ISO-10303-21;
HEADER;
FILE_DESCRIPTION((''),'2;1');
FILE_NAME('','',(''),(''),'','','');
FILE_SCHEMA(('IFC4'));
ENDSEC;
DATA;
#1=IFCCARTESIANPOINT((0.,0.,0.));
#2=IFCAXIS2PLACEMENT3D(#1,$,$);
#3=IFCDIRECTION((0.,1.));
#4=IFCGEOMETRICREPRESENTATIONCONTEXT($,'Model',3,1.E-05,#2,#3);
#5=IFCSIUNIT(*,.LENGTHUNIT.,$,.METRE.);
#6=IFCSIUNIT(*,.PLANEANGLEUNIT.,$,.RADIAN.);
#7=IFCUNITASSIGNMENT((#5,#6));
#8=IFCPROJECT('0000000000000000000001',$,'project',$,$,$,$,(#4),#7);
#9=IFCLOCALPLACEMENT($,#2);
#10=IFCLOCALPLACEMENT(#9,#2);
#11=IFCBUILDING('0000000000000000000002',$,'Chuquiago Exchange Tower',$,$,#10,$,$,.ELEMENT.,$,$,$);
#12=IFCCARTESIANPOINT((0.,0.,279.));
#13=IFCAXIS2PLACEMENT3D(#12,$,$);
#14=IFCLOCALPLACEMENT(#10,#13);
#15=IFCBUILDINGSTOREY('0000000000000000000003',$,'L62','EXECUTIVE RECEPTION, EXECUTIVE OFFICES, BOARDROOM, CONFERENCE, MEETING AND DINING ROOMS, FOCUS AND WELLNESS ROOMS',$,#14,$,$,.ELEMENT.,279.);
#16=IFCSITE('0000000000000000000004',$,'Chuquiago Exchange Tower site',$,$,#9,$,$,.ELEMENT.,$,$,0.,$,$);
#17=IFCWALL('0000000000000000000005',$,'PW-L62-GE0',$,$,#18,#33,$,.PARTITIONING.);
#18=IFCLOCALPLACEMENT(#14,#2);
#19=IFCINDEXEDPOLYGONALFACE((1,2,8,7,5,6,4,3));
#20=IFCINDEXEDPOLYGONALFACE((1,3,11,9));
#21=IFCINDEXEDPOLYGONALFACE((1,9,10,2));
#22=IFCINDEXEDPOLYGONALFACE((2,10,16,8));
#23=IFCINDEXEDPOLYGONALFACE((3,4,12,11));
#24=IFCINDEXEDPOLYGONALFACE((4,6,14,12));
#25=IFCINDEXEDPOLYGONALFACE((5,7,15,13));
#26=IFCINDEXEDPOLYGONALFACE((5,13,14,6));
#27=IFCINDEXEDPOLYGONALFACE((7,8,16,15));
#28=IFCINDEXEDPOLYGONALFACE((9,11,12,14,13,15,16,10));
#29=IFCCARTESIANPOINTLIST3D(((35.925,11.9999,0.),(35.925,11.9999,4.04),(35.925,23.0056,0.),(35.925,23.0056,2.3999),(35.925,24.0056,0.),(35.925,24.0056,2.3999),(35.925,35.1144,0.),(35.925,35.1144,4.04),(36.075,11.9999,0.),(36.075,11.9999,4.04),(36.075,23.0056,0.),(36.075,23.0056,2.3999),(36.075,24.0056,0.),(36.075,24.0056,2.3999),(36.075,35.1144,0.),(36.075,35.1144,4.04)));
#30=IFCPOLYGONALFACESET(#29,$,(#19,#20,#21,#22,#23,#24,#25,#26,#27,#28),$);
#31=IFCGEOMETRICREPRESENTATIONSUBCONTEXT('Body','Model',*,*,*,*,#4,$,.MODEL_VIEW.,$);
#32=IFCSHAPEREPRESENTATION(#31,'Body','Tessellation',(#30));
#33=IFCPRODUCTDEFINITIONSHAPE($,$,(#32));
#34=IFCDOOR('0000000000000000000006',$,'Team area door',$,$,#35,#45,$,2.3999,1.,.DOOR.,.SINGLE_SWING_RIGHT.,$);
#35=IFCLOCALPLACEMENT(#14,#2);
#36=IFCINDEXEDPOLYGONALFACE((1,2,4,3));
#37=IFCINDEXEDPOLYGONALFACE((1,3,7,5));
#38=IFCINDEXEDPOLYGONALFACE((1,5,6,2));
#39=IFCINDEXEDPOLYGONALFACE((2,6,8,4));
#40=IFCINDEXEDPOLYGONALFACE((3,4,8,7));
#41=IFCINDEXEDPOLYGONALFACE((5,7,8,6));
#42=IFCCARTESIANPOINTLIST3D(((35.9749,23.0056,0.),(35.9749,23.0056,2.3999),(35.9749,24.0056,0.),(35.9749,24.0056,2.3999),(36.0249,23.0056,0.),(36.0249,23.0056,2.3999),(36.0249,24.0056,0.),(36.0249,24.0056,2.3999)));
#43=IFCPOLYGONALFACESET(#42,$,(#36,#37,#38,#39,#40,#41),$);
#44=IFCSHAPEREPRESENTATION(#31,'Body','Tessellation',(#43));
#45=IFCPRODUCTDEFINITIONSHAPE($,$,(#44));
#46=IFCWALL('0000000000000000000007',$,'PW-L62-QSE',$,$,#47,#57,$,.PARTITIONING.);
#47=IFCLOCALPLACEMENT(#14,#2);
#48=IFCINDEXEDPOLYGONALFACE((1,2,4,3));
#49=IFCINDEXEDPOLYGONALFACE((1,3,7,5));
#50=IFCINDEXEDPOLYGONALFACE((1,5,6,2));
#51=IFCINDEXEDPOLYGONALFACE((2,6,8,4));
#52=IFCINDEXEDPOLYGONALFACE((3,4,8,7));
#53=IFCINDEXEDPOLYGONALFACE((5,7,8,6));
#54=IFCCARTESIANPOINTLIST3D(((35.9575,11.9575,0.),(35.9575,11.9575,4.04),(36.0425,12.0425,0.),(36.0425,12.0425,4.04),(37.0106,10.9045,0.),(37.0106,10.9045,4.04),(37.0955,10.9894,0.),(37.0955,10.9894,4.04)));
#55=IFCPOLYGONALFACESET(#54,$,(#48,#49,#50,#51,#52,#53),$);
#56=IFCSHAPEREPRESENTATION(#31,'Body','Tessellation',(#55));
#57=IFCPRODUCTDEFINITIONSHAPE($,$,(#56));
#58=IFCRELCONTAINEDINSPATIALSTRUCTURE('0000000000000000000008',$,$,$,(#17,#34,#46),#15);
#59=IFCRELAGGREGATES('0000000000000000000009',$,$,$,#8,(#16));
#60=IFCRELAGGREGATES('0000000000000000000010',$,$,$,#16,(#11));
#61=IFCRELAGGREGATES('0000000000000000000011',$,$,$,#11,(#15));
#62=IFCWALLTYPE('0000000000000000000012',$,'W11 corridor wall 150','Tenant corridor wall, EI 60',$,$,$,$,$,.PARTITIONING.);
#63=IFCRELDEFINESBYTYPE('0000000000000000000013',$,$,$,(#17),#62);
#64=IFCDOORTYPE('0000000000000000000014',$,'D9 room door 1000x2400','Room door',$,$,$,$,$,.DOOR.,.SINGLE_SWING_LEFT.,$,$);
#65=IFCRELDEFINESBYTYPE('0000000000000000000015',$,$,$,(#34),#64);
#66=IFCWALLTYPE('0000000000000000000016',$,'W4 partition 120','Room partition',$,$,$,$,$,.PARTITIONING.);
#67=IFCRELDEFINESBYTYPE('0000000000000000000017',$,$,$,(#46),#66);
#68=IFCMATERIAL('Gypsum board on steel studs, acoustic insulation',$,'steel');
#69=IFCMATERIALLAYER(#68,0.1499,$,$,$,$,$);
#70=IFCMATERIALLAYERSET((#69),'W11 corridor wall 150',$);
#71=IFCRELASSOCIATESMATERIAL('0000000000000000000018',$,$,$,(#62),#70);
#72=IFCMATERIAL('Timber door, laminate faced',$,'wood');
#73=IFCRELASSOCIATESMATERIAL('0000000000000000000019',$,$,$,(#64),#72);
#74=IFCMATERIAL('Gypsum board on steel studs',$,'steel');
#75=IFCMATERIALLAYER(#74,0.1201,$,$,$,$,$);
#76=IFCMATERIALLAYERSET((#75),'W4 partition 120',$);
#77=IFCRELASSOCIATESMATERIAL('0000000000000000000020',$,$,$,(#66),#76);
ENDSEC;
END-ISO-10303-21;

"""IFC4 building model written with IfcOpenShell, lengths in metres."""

from ifc_helpers import new_model, si_unit, direction, frame, frame_2d, origin, place, context, subcontext, project, spatial, rectangle, extrude, material, layer, layer_set, type_object, element, fill, save


model = new_model("IFC4")

# Units and contexts
model_context = context("Model", 3, precision=1e-05, world=origin(), true_north=direction((0.0, 1.0)))
body_context = subcontext(model_context, "Body", "Model", "MODEL_VIEW")
ifc_project = project(units=[si_unit("LENGTHUNIT", "METRE"), si_unit("PLANEANGLEUNIT", "RADIAN")], contexts=[model_context])

# Site, building, storey
site_placement = place(None, origin())
site = spatial("IfcSite", under=ifc_project, at=site_placement, Name="Chuquiago Exchange Tower site", CompositionType="ELEMENT", RefElevation=0.0)
building_placement = place(site_placement, origin())
building = spatial("IfcBuilding", under=site, at=building_placement, Name="Chuquiago Exchange Tower", CompositionType="ELEMENT")
storey_placement = place(building_placement, frame((0.0, 0.0, 279.0)))
storey = spatial("IfcBuildingStorey", under=building, at=storey_placement, Name="L62", Description="EXECUTIVE RECEPTION, EXECUTIVE OFFICES, BOARDROOM, CONFERENCE, MEETING AND DINING ROOMS, FOCUS AND WELLNESS ROOMS", CompositionType="ELEMENT", Elevation=279.0)

# Wall, opening, door
ifc_material_1 = material(Name="Gypsum board on steel studs, acoustic insulation", Category="steel")
ifc_layer_1 = layer(ifc_material_1, 0.1499)
ifc_layer_set_1 = layer_set([ifc_layer_1], Name="W11 corridor wall 150")
wall_type_1 = type_object("IfcWallType", Name="W11 corridor wall 150", Description="Tenant corridor wall, EI 60", PredefinedType="PARTITIONING", material=ifc_layer_set_1)
wall_1_placement = place(storey_placement, frame((36.0, 12.0, 0.0), z_axis=(0.0, 0.0, 1.0), x_axis=(0.0, 1.0, 0.0)))
wall_1 = element("IfcWall", 1, at=wall_1_placement, inside=storey, type_object=wall_type_1, Name="PW-L62-GE0", PredefinedType="PARTITIONING", context=body_context, shape_type="SweptSolid", body=[
    extrude(rectangle(XDim=23.1145, YDim=0.1499, at=frame_2d((11.5571, 0.0))), origin(), (0.0, 0.0, 1.0), 4.04),
])
opening_1_placement = place(wall_1_placement, frame((11.0056, 0.0, 0.0)))
opening_1 = element("IfcOpeningElement", 2, at=opening_1_placement, cuts=wall_1, PredefinedType="OPENING", context=body_context, shape_type="SweptSolid", body=[
    extrude(rectangle(XDim=1.0, YDim=2.3999, at=frame_2d((0.5, 1.2))), frame((0.0, 0.085, 0.0), z_axis=(0.0, -1.0, 0.0), x_axis=(1.0, 0.0, 0.0)), (0.0, 0.0, 1.0), 0.1699),
])
ifc_material_2 = material(Name="Timber door, laminate faced", Category="wood")
door_type_1 = type_object("IfcDoorType", Name="D9 room door 1000x2400", Description="Room door", OperationType="SINGLE_SWING_LEFT", PredefinedType="DOOR", material=ifc_material_2)
door_1_placement = place(opening_1_placement, frame((1.0, 0.0, 0.0), z_axis=(0.0, 0.0, 1.0), x_axis=(-1.0, 0.0, 0.0)))
door_1 = element("IfcDoor", 3, at=door_1_placement, inside=storey, type_object=door_type_1, Name="Team area door", OperationType="SINGLE_SWING_RIGHT", OverallHeight=2.3999, OverallWidth=1.0, PredefinedType="DOOR", context=body_context, shape_type="SweptSolid", body=[
    extrude(rectangle(XDim=1.0, YDim=2.3999, at=frame_2d((0.5, 1.2))), frame((0.0, 0.0249, 0.0), z_axis=(0.0, -1.0, 0.0), x_axis=(1.0, 0.0, 0.0)), (0.0, 0.0, 1.0), 0.05),
])
fill(opening_1, door_1)

# Wall
ifc_material_3 = material(Name="Gypsum board on steel studs", Category="steel")
ifc_layer_2 = layer(ifc_material_3, 0.1201)
ifc_layer_set_2 = layer_set([ifc_layer_2], Name="W4 partition 120")
wall_type_2 = type_object("IfcWallType", Name="W4 partition 120", Description="Room partition", PredefinedType="PARTITIONING", material=ifc_layer_set_2)
wall_2_placement = place(storey_placement, frame((36.0, 12.0, 0.0), z_axis=(0.0, 0.0, 1.0), x_axis=(0.707107, -0.707107, 0.0)))
element("IfcWall", 4, at=wall_2_placement, inside=storey, type_object=wall_type_2, Name="PW-L62-QSE", PredefinedType="PARTITIONING", context=body_context, shape_type="SweptSolid", body=[
    extrude(rectangle(XDim=1.4893, YDim=0.1201, at=frame_2d((0.7446, 0.0))), origin(), (0.0, 0.0, 1.0), 4.04),
])

save(model, "model.ifc")
